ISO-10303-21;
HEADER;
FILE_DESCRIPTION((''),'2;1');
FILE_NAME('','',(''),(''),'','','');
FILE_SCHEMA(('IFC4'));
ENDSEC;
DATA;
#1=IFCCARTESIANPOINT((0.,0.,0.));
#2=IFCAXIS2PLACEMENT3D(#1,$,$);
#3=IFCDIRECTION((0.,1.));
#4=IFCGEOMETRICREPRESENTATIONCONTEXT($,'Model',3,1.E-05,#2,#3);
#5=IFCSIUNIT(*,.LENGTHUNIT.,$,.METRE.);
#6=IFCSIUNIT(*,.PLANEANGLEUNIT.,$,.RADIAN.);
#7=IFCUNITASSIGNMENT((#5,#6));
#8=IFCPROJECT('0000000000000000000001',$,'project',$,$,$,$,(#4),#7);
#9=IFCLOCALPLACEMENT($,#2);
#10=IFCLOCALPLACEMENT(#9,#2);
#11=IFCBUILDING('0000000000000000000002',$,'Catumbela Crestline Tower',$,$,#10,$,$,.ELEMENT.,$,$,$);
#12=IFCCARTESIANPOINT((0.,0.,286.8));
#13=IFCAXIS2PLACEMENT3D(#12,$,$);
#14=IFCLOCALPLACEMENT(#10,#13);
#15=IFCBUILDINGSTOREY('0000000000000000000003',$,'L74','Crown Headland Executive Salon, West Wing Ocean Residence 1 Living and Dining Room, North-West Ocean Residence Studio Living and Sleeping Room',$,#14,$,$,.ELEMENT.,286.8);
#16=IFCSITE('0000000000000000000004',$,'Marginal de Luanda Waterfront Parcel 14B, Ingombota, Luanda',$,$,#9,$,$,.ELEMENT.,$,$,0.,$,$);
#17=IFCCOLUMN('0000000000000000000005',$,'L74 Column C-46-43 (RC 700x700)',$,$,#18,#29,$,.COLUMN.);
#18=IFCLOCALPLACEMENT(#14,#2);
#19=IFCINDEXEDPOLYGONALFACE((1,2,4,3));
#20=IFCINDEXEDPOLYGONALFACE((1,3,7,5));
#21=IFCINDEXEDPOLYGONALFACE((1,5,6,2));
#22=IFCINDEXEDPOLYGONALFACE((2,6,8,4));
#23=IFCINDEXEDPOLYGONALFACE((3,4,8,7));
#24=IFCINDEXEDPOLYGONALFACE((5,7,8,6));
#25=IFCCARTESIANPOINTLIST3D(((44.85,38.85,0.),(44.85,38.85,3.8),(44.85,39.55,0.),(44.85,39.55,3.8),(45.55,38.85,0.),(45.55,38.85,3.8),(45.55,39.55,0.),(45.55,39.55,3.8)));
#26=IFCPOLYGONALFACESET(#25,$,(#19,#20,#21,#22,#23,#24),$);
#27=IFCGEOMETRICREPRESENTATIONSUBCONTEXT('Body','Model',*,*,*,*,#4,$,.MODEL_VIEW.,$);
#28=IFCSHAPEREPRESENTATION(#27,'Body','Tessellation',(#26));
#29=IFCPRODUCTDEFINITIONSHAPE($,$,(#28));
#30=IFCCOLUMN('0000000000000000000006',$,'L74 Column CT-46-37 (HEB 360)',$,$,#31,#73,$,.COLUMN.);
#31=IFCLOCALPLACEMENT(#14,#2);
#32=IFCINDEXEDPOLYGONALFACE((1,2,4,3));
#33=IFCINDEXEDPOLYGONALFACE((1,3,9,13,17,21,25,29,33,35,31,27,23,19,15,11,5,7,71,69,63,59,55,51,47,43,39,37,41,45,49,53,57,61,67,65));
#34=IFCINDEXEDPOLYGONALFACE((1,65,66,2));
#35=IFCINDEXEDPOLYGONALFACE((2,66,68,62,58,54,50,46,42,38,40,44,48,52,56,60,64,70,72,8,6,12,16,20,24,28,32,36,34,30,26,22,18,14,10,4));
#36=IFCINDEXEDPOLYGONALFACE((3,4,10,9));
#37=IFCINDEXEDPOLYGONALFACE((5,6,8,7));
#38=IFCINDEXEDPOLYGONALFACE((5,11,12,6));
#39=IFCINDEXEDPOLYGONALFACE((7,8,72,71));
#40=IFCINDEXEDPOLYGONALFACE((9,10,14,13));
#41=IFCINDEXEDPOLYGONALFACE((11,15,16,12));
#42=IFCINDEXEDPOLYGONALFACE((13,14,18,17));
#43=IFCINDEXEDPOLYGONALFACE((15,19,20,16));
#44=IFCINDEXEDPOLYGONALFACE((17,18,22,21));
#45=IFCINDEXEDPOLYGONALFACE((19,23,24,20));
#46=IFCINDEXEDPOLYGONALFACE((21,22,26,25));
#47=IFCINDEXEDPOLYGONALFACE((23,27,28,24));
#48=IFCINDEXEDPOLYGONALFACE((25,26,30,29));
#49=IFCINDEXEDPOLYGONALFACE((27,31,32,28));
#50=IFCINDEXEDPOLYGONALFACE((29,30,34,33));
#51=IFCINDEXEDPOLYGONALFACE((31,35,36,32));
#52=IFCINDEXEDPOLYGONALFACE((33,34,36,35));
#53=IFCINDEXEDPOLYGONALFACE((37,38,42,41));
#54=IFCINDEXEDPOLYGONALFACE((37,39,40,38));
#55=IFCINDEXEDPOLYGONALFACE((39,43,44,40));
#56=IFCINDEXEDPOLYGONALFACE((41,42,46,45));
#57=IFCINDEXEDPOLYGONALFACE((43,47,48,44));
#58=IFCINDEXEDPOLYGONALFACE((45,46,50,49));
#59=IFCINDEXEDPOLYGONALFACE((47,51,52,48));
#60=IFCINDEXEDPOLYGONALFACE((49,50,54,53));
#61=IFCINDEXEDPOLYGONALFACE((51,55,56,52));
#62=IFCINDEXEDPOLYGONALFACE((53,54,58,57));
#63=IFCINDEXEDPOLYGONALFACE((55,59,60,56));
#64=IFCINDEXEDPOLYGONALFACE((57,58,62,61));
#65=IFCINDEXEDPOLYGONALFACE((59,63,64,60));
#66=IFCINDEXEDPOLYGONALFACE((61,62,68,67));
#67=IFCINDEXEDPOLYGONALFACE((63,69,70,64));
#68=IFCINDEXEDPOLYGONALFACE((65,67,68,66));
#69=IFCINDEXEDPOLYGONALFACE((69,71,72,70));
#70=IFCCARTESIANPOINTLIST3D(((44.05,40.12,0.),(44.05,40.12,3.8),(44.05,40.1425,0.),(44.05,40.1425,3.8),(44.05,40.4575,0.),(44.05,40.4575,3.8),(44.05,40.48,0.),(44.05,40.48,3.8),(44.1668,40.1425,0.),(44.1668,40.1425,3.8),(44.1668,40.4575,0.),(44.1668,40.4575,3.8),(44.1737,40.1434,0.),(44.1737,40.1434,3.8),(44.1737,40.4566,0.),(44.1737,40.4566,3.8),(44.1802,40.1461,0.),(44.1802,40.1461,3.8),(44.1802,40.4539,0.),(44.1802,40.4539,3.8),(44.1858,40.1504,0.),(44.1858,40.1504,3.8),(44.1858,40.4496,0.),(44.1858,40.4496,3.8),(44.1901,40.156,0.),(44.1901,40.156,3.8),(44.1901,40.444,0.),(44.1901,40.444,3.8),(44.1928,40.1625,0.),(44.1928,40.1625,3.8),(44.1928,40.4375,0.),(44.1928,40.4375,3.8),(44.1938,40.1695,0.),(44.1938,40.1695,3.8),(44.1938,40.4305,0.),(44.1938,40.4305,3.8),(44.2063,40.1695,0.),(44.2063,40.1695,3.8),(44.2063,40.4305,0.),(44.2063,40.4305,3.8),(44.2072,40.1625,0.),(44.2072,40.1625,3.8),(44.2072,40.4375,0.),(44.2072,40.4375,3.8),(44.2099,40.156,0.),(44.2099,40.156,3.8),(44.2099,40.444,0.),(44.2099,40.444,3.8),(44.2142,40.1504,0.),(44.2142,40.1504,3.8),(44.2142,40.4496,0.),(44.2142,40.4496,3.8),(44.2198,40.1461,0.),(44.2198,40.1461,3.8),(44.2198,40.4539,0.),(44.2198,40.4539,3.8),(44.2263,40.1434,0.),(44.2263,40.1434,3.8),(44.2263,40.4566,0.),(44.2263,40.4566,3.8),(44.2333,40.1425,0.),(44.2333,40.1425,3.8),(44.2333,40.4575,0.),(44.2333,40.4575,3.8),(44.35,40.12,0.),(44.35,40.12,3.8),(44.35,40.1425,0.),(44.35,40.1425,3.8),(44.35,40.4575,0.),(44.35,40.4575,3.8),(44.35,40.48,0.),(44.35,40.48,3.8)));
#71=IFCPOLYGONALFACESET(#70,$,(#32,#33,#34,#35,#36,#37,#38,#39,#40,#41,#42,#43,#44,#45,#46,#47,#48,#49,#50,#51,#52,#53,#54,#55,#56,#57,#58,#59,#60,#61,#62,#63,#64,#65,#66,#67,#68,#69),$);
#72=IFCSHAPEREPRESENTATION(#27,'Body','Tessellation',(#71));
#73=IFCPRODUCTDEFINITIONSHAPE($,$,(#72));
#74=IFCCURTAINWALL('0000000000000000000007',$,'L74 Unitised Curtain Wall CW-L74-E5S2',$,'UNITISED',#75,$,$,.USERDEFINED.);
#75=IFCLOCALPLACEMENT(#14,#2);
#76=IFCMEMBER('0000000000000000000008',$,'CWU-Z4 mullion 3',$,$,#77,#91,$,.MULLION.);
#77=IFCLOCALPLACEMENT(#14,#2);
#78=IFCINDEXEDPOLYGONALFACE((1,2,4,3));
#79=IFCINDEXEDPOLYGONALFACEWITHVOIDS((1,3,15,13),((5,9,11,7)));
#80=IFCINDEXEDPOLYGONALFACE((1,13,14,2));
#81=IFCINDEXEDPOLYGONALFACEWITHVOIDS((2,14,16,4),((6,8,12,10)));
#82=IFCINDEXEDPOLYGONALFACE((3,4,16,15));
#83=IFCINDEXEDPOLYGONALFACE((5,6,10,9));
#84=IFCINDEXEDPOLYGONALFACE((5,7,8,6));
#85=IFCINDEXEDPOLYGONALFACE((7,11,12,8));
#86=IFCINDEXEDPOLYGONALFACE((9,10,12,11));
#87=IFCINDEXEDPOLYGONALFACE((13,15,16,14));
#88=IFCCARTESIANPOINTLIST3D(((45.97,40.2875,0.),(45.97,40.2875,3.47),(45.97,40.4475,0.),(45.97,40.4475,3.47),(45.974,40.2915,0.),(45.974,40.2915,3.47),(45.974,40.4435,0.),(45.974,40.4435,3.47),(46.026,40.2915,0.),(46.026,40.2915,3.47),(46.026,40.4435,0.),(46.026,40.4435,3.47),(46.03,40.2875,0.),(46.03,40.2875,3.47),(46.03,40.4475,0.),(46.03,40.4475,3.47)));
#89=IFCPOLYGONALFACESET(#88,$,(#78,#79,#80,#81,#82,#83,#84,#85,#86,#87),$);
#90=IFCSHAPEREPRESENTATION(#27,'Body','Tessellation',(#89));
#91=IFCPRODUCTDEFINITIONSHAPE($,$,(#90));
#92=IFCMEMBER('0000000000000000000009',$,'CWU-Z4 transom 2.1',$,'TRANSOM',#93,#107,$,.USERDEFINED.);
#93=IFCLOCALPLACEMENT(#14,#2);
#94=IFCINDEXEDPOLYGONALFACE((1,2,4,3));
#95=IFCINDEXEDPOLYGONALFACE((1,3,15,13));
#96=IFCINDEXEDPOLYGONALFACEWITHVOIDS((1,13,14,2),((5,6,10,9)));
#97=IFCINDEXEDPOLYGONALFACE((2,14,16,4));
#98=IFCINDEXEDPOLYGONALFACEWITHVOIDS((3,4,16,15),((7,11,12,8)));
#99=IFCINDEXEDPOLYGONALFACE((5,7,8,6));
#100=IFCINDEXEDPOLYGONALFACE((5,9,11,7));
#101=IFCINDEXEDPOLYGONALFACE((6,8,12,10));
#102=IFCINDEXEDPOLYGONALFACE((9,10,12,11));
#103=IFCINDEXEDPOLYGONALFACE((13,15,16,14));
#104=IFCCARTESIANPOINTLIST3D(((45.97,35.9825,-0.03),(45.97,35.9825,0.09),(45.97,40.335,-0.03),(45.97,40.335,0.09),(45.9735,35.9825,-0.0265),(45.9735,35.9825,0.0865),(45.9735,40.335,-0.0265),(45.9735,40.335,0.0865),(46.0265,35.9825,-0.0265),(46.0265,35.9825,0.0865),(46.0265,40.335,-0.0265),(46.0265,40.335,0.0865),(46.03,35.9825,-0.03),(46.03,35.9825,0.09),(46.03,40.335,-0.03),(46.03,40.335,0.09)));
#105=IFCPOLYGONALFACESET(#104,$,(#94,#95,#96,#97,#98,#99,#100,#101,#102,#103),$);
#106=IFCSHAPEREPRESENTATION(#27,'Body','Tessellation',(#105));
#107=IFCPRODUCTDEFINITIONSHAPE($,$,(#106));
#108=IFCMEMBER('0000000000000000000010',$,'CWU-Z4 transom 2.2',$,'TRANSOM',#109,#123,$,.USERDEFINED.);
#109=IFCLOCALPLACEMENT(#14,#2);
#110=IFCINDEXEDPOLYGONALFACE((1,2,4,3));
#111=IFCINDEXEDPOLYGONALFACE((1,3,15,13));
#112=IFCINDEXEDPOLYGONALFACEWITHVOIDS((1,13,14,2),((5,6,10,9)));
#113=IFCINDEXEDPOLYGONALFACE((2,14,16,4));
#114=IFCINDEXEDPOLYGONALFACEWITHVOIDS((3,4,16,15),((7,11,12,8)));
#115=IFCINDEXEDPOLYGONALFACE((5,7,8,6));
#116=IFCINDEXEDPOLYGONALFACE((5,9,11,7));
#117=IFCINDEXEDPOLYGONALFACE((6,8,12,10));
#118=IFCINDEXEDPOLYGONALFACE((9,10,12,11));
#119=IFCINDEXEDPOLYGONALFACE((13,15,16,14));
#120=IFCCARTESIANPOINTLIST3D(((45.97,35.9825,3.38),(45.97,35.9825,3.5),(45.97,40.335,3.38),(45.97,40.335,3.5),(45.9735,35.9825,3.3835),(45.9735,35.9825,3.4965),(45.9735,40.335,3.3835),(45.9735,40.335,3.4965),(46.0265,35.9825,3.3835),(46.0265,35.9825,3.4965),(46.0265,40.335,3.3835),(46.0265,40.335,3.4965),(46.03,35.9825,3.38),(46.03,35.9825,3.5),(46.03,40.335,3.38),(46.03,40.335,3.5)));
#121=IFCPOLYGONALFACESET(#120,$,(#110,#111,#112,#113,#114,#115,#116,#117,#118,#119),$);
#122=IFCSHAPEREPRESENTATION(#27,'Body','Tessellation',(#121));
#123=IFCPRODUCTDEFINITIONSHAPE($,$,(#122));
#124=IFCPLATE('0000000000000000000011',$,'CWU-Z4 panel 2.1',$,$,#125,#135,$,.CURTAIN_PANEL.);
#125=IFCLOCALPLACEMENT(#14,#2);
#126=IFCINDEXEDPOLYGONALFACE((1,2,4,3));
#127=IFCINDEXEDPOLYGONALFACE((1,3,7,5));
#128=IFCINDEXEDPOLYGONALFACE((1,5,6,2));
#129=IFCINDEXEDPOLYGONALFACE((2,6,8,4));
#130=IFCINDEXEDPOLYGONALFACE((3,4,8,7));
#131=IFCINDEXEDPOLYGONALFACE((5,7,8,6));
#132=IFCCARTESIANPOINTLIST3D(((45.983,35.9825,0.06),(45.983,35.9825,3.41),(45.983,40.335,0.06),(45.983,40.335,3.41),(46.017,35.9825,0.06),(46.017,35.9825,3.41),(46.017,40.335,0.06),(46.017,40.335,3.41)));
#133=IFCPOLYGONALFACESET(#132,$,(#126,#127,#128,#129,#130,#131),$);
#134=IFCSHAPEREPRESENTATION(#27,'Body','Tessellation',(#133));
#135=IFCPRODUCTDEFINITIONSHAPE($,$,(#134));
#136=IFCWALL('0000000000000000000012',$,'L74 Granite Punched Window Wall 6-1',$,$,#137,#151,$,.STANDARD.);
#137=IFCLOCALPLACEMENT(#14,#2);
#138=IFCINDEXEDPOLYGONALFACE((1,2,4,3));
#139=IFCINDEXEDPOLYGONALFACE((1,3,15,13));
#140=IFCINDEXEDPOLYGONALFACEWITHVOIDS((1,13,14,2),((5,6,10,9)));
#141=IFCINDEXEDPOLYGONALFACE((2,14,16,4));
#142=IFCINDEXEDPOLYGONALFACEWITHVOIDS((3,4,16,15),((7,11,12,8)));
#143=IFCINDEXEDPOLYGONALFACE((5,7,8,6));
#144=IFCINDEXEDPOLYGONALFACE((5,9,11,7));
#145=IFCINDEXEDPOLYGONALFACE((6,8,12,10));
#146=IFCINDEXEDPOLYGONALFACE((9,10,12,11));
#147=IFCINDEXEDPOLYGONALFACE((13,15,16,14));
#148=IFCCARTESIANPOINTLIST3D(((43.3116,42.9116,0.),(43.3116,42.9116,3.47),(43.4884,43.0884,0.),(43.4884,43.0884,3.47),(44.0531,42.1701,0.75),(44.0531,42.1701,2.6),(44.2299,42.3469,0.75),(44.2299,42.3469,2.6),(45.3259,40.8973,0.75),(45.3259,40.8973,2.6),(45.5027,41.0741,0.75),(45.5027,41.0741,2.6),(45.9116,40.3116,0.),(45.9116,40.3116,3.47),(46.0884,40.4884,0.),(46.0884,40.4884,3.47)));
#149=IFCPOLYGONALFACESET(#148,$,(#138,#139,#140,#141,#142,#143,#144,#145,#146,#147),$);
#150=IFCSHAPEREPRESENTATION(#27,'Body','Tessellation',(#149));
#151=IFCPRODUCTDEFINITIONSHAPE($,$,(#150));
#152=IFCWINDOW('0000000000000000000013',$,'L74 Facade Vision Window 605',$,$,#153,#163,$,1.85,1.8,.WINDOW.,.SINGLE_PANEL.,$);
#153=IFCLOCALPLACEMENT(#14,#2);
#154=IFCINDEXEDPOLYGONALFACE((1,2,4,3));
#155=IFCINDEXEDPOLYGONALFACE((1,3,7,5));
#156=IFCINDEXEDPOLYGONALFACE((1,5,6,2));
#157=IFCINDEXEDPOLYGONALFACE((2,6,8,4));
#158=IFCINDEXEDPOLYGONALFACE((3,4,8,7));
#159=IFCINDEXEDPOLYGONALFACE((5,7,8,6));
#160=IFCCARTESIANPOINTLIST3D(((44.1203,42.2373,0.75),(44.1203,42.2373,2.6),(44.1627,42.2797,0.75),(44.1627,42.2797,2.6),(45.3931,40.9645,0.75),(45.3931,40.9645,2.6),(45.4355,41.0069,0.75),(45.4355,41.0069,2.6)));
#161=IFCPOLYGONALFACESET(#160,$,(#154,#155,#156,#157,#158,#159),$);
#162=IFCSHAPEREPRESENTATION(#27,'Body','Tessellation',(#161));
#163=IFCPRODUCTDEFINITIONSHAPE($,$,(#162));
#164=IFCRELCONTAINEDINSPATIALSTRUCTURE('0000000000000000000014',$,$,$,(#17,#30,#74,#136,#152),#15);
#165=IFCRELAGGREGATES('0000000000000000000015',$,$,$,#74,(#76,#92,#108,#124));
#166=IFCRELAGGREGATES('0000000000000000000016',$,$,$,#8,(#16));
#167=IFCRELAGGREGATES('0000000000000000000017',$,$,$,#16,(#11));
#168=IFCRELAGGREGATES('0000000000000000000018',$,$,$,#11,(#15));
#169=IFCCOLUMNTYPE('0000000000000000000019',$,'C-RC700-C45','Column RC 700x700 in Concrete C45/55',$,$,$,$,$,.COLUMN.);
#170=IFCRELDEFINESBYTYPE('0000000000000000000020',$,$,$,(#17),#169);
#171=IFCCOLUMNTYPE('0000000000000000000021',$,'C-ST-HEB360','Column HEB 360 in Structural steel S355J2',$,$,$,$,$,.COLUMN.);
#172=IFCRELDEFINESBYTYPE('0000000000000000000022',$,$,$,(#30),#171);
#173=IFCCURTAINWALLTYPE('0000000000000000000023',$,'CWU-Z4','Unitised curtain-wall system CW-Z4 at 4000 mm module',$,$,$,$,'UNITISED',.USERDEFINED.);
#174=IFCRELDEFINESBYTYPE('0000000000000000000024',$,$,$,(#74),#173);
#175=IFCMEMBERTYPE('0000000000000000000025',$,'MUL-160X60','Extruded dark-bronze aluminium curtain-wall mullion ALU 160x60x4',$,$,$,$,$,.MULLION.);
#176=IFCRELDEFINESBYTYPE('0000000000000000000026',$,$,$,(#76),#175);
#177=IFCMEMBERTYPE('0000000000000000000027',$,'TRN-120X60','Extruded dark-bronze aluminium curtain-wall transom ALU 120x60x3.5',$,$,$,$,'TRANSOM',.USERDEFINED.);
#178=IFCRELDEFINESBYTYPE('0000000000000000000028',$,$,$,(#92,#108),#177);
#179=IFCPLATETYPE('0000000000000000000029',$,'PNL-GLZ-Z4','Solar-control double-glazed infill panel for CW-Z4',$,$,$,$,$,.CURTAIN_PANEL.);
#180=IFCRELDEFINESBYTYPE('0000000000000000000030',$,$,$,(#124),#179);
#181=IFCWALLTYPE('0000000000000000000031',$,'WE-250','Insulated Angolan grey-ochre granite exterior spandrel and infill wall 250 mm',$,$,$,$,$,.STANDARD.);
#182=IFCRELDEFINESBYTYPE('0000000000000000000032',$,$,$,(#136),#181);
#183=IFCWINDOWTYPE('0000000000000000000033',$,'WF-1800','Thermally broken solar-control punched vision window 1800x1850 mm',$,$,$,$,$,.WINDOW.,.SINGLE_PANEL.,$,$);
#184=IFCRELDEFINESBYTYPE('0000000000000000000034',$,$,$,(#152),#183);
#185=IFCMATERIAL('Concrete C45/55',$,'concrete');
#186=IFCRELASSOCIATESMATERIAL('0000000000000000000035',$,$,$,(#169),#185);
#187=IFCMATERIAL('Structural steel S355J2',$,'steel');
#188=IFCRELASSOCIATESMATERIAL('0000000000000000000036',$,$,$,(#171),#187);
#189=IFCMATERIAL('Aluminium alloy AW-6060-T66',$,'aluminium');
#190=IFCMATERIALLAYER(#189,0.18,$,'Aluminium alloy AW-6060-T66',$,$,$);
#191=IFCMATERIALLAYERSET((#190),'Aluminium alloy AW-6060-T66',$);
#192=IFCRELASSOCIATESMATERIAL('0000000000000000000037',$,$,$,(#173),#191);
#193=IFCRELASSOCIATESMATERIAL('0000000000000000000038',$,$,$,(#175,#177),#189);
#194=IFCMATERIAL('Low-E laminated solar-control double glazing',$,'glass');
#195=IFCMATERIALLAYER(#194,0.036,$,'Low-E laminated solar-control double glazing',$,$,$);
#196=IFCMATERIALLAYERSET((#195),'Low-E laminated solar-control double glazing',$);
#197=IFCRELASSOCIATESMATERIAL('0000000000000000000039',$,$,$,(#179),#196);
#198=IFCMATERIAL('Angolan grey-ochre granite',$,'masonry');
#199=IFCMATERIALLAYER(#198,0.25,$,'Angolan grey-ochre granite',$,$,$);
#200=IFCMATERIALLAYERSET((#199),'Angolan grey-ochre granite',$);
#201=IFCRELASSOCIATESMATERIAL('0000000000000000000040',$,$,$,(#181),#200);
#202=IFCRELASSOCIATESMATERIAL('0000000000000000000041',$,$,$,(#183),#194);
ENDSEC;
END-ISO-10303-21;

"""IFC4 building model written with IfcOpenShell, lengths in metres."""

from ifc_helpers import new_model, si_unit, direction, frame, frame_2d, origin, origin_2d, place, context, subcontext, project, spatial, rectangle, hollow_rectangle, i_section, extrude, material, layer, layer_set, material_profile, profile_set, type_object, element, fill, aggregate, save


model = new_model("IFC4")

# Units and contexts
model_context = context("Model", 3, precision=1e-05, world=origin(), true_north=direction((0.0, 1.0)))
body_context = subcontext(model_context, "Body", "Model", "MODEL_VIEW")
ifc_project = project(units=[si_unit("LENGTHUNIT", "METRE"), si_unit("PLANEANGLEUNIT", "RADIAN")], contexts=[model_context])

# Site, building, storey
site_placement = place(None, origin())
site = spatial("IfcSite", under=ifc_project, at=site_placement, Name="Marginal de Luanda Waterfront Parcel 14B, Ingombota, Luanda", CompositionType="ELEMENT", RefElevation=0.0)
building_placement = place(site_placement, origin())
building = spatial("IfcBuilding", under=site, at=building_placement, Name="Catumbela Crestline Tower", CompositionType="ELEMENT")
storey_placement = place(building_placement, frame((0.0, 0.0, 286.8)))
storey = spatial("IfcBuildingStorey", under=building, at=storey_placement, Name="L74", Description="Crown Headland Executive Salon, West Wing Ocean Residence 1 Living and Dining Room, North-West Ocean Residence Studio Living and Sleeping Room", CompositionType="ELEMENT", Elevation=286.8)

# Columns
ifc_material_1 = material(Name="Concrete C45/55", Category="concrete")
ifc_material_profile_1 = material_profile(ifc_material_1, rectangle(XDim=0.7, YDim=0.7, at=origin_2d()), Name="RC 700x700")
ifc_profile_set_1 = profile_set([ifc_material_profile_1], Name="Concrete C45/55")
column_type_1 = type_object("IfcColumnType", Name="C-RC700-C45", Description="Column RC 700x700 in Concrete C45/55", PredefinedType="COLUMN", material=ifc_profile_set_1)
column_1_placement = place(storey_placement, frame((45.2, 39.2, 0.0), z_axis=(0.0, 0.0, 1.0), x_axis=(1.0, 0.0, 0.0)))
element("IfcColumn", 1, at=column_1_placement, inside=storey, type_object=column_type_1, Name="L74 Column C-46-43 (RC 700x700)", PredefinedType="COLUMN", context=body_context, shape_type="SweptSolid", body=[
    extrude(rectangle(XDim=0.7, YDim=0.7, at=origin_2d()), origin(), (0.0, 0.0, 1.0), 3.8),
])
ifc_material_2 = material(Name="Structural steel S355J2", Category="steel")
ifc_material_profile_2 = material_profile(ifc_material_2, i_section(OverallWidth=0.3, OverallDepth=0.36, WebThickness=0.0125, FlangeThickness=0.0225, FilletRadius=0.027, at=origin_2d()), Name="HEB 360")
ifc_profile_set_2 = profile_set([ifc_material_profile_2], Name="Structural steel S355J2")
column_type_2 = type_object("IfcColumnType", Name="C-ST-HEB360", Description="Column HEB 360 in Structural steel S355J2", PredefinedType="COLUMN", material=ifc_profile_set_2)
column_2_placement = place(storey_placement, frame((44.2, 40.3, 0.0), z_axis=(0.0, 0.0, 1.0), x_axis=(1.0, 0.0, 0.0)))
element("IfcColumn", 2, at=column_2_placement, inside=storey, type_object=column_type_2, Name="L74 Column CT-46-37 (HEB 360)", PredefinedType="COLUMN", context=body_context, shape_type="SweptSolid", body=[
    extrude(i_section(OverallWidth=0.3, OverallDepth=0.36, WebThickness=0.0125, FlangeThickness=0.0225, FilletRadius=0.027, at=origin_2d()), origin(), (0.0, 0.0, 1.0), 3.8),
])

# Curtain wall, members, plate
ifc_material_3 = material(Name="Aluminium alloy AW-6060-T66", Category="aluminium")
ifc_layer_1 = layer(ifc_material_3, 0.18, Name="Aluminium alloy AW-6060-T66")
ifc_layer_set_1 = layer_set([ifc_layer_1], Name="Aluminium alloy AW-6060-T66")
curtain_wall_type = type_object("IfcCurtainWallType", Name="CWU-Z4", Description="Unitised curtain-wall system CW-Z4 at 4000 mm module", ElementType="UNITISED", PredefinedType="USERDEFINED", material=ifc_layer_set_1)
curtain_wall_placement = place(storey_placement, origin())
curtain_wall = element("IfcCurtainWall", 3, at=curtain_wall_placement, inside=storey, type_object=curtain_wall_type, Name="L74 Unitised Curtain Wall CW-L74-E5S2", ObjectType="UNITISED", PredefinedType="USERDEFINED")
ifc_material_profile_3 = material_profile(ifc_material_3, hollow_rectangle(XDim=0.06, YDim=0.16, WallThickness=0.004, at=origin_2d()), Name="ALU 160x60x4")
ifc_profile_set_3 = profile_set([ifc_material_profile_3], Name="Aluminium alloy AW-6060-T66")
member_type_1 = type_object("IfcMemberType", Name="MUL-160X60", Description="Extruded dark-bronze aluminium curtain-wall mullion ALU 160x60x4", PredefinedType="MULLION", material=ifc_profile_set_3)
member_1_placement = place(storey_placement, frame((46.0, 40.3675, 0.0), z_axis=(0.0, 0.0, 1.0), x_axis=(-1.0, 0.0, 0.0)))
member_1 = element("IfcMember", 4, at=member_1_placement, type_object=member_type_1, Name="CWU-Z4 mullion 3", PredefinedType="MULLION", context=body_context, shape_type="SweptSolid", body=[
    extrude(hollow_rectangle(XDim=0.06, YDim=0.16, WallThickness=0.004, at=origin_2d()), origin(), (0.0, 0.0, 1.0), 3.47),
])
ifc_material_profile_4 = material_profile(ifc_material_3, hollow_rectangle(XDim=0.06, YDim=0.12, WallThickness=0.0035, at=origin_2d()), Name="ALU 120x60x3.5")
ifc_profile_set_4 = profile_set([ifc_material_profile_4], Name="Aluminium alloy AW-6060-T66")
member_type_2 = type_object("IfcMemberType", Name="TRN-120X60", Description="Extruded dark-bronze aluminium curtain-wall transom ALU 120x60x3.5", ElementType="TRANSOM", PredefinedType="USERDEFINED", material=ifc_profile_set_4)
member_2_placement = place(storey_placement, frame((46.0, 35.9825, 0.03), z_axis=(0.0, 1.0, 0.0), x_axis=(-1.0, 0.0, 0.0)))
member_2 = element("IfcMember", 5, at=member_2_placement, type_object=member_type_2, Name="CWU-Z4 transom 2.1", ObjectType="TRANSOM", PredefinedType="USERDEFINED", context=body_context, shape_type="SweptSolid", body=[
    extrude(hollow_rectangle(XDim=0.06, YDim=0.12, WallThickness=0.0035, at=origin_2d()), origin(), (0.0, 0.0, 1.0), 4.3525),
])
member_3_placement = place(storey_placement, frame((46.0, 35.9825, 3.44), z_axis=(0.0, 1.0, 0.0), x_axis=(-1.0, 0.0, 0.0)))
member_3 = element("IfcMember", 6, at=member_3_placement, type_object=member_type_2, Name="CWU-Z4 transom 2.2", ObjectType="TRANSOM", PredefinedType="USERDEFINED", context=body_context, shape_type="SweptSolid", body=[
    extrude(hollow_rectangle(XDim=0.06, YDim=0.12, WallThickness=0.0035, at=origin_2d()), origin(), (0.0, 0.0, 1.0), 4.3525),
])
ifc_material_4 = material(Name="Low-E laminated solar-control double glazing", Category="glass")
ifc_layer_2 = layer(ifc_material_4, 0.036, Name="Low-E laminated solar-control double glazing")
ifc_layer_set_2 = layer_set([ifc_layer_2], Name="Low-E laminated solar-control double glazing")
plate_type = type_object("IfcPlateType", Name="PNL-GLZ-Z4", Description="Solar-control double-glazed infill panel for CW-Z4", PredefinedType="CURTAIN_PANEL", material=ifc_layer_set_2)
plate_placement = place(storey_placement, frame((46.0, 38.1588, 0.06), z_axis=(0.0, 0.0, 1.0), x_axis=(0.0, 1.0, 0.0)))
plate = element("IfcPlate", 7, at=plate_placement, type_object=plate_type, Name="CWU-Z4 panel 2.1", PredefinedType="CURTAIN_PANEL", context=body_context, shape_type="SweptSolid", body=[
    extrude(rectangle(XDim=4.3525, YDim=0.034, at=origin_2d()), origin(), (0.0, 0.0, 1.0), 3.35),
])
aggregate(curtain_wall, [member_1, member_2, member_3, plate])

# Wall, opening, window
ifc_material_5 = material(Name="Angolan grey-ochre granite", Category="masonry")
ifc_layer_3 = layer(ifc_material_5, 0.25, Name="Angolan grey-ochre granite")
ifc_layer_set_3 = layer_set([ifc_layer_3], Name="Angolan grey-ochre granite")
wall_type_1 = type_object("IfcWallType", Name="WE-250", Description="Insulated Angolan grey-ochre granite exterior spandrel and infill wall 250 mm", PredefinedType="STANDARD", material=ifc_layer_set_3)
wall_1_placement = place(storey_placement, frame((46.0, 40.4, 0.0), z_axis=(0.0, 0.0, 1.0), x_axis=(-0.707107, 0.707107, 0.0)))
wall_1 = element("IfcWall", 8, at=wall_1_placement, inside=storey, type_object=wall_type_1, Name="L74 Granite Punched Window Wall 6-1", PredefinedType="STANDARD", context=body_context, shape_type="SweptSolid", body=[
    extrude(rectangle(XDim=3.677, YDim=0.25, at=frame_2d((1.8385, 0.0))), origin(), (0.0, 0.0, 1.0), 3.47),
])
opening_1_placement = place(wall_1_placement, frame((0.8283, 0.0, 0.75)))
opening_1 = element("IfcOpeningElement", 9, at=opening_1_placement, cuts=wall_1, PredefinedType="OPENING", context=body_context, shape_type="SweptSolid", body=[
    extrude(rectangle(XDim=1.8, YDim=1.85, at=frame_2d((0.9, 0.925))), frame((0.0, 0.135, 0.0), z_axis=(0.0, -1.0, 0.0), x_axis=(1.0, 0.0, 0.0)), (0.0, 0.0, 1.0), 0.27),
])
window_type_1 = type_object("IfcWindowType", Name="WF-1800", Description="Thermally broken solar-control punched vision window 1800x1850 mm", PartitioningType="SINGLE_PANEL", PredefinedType="WINDOW", material=ifc_material_4)
window_1_placement = place(opening_1_placement, origin())
window_1 = element("IfcWindow", 10, at=window_1_placement, inside=storey, type_object=window_type_1, Name="L74 Facade Vision Window 605", OverallHeight=1.85, OverallWidth=1.8, PartitioningType="SINGLE_PANEL", PredefinedType="WINDOW", context=body_context, shape_type="SweptSolid", body=[
    extrude(rectangle(XDim=1.8, YDim=1.85, at=frame_2d((0.9, 0.925))), frame((0.0, 0.03, 0.0), z_axis=(0.0, -1.0, 0.0), x_axis=(1.0, 0.0, 0.0)), (0.0, 0.0, 1.0), 0.06),
])
fill(opening_1, window_1)

save(model, "model.ifc")
